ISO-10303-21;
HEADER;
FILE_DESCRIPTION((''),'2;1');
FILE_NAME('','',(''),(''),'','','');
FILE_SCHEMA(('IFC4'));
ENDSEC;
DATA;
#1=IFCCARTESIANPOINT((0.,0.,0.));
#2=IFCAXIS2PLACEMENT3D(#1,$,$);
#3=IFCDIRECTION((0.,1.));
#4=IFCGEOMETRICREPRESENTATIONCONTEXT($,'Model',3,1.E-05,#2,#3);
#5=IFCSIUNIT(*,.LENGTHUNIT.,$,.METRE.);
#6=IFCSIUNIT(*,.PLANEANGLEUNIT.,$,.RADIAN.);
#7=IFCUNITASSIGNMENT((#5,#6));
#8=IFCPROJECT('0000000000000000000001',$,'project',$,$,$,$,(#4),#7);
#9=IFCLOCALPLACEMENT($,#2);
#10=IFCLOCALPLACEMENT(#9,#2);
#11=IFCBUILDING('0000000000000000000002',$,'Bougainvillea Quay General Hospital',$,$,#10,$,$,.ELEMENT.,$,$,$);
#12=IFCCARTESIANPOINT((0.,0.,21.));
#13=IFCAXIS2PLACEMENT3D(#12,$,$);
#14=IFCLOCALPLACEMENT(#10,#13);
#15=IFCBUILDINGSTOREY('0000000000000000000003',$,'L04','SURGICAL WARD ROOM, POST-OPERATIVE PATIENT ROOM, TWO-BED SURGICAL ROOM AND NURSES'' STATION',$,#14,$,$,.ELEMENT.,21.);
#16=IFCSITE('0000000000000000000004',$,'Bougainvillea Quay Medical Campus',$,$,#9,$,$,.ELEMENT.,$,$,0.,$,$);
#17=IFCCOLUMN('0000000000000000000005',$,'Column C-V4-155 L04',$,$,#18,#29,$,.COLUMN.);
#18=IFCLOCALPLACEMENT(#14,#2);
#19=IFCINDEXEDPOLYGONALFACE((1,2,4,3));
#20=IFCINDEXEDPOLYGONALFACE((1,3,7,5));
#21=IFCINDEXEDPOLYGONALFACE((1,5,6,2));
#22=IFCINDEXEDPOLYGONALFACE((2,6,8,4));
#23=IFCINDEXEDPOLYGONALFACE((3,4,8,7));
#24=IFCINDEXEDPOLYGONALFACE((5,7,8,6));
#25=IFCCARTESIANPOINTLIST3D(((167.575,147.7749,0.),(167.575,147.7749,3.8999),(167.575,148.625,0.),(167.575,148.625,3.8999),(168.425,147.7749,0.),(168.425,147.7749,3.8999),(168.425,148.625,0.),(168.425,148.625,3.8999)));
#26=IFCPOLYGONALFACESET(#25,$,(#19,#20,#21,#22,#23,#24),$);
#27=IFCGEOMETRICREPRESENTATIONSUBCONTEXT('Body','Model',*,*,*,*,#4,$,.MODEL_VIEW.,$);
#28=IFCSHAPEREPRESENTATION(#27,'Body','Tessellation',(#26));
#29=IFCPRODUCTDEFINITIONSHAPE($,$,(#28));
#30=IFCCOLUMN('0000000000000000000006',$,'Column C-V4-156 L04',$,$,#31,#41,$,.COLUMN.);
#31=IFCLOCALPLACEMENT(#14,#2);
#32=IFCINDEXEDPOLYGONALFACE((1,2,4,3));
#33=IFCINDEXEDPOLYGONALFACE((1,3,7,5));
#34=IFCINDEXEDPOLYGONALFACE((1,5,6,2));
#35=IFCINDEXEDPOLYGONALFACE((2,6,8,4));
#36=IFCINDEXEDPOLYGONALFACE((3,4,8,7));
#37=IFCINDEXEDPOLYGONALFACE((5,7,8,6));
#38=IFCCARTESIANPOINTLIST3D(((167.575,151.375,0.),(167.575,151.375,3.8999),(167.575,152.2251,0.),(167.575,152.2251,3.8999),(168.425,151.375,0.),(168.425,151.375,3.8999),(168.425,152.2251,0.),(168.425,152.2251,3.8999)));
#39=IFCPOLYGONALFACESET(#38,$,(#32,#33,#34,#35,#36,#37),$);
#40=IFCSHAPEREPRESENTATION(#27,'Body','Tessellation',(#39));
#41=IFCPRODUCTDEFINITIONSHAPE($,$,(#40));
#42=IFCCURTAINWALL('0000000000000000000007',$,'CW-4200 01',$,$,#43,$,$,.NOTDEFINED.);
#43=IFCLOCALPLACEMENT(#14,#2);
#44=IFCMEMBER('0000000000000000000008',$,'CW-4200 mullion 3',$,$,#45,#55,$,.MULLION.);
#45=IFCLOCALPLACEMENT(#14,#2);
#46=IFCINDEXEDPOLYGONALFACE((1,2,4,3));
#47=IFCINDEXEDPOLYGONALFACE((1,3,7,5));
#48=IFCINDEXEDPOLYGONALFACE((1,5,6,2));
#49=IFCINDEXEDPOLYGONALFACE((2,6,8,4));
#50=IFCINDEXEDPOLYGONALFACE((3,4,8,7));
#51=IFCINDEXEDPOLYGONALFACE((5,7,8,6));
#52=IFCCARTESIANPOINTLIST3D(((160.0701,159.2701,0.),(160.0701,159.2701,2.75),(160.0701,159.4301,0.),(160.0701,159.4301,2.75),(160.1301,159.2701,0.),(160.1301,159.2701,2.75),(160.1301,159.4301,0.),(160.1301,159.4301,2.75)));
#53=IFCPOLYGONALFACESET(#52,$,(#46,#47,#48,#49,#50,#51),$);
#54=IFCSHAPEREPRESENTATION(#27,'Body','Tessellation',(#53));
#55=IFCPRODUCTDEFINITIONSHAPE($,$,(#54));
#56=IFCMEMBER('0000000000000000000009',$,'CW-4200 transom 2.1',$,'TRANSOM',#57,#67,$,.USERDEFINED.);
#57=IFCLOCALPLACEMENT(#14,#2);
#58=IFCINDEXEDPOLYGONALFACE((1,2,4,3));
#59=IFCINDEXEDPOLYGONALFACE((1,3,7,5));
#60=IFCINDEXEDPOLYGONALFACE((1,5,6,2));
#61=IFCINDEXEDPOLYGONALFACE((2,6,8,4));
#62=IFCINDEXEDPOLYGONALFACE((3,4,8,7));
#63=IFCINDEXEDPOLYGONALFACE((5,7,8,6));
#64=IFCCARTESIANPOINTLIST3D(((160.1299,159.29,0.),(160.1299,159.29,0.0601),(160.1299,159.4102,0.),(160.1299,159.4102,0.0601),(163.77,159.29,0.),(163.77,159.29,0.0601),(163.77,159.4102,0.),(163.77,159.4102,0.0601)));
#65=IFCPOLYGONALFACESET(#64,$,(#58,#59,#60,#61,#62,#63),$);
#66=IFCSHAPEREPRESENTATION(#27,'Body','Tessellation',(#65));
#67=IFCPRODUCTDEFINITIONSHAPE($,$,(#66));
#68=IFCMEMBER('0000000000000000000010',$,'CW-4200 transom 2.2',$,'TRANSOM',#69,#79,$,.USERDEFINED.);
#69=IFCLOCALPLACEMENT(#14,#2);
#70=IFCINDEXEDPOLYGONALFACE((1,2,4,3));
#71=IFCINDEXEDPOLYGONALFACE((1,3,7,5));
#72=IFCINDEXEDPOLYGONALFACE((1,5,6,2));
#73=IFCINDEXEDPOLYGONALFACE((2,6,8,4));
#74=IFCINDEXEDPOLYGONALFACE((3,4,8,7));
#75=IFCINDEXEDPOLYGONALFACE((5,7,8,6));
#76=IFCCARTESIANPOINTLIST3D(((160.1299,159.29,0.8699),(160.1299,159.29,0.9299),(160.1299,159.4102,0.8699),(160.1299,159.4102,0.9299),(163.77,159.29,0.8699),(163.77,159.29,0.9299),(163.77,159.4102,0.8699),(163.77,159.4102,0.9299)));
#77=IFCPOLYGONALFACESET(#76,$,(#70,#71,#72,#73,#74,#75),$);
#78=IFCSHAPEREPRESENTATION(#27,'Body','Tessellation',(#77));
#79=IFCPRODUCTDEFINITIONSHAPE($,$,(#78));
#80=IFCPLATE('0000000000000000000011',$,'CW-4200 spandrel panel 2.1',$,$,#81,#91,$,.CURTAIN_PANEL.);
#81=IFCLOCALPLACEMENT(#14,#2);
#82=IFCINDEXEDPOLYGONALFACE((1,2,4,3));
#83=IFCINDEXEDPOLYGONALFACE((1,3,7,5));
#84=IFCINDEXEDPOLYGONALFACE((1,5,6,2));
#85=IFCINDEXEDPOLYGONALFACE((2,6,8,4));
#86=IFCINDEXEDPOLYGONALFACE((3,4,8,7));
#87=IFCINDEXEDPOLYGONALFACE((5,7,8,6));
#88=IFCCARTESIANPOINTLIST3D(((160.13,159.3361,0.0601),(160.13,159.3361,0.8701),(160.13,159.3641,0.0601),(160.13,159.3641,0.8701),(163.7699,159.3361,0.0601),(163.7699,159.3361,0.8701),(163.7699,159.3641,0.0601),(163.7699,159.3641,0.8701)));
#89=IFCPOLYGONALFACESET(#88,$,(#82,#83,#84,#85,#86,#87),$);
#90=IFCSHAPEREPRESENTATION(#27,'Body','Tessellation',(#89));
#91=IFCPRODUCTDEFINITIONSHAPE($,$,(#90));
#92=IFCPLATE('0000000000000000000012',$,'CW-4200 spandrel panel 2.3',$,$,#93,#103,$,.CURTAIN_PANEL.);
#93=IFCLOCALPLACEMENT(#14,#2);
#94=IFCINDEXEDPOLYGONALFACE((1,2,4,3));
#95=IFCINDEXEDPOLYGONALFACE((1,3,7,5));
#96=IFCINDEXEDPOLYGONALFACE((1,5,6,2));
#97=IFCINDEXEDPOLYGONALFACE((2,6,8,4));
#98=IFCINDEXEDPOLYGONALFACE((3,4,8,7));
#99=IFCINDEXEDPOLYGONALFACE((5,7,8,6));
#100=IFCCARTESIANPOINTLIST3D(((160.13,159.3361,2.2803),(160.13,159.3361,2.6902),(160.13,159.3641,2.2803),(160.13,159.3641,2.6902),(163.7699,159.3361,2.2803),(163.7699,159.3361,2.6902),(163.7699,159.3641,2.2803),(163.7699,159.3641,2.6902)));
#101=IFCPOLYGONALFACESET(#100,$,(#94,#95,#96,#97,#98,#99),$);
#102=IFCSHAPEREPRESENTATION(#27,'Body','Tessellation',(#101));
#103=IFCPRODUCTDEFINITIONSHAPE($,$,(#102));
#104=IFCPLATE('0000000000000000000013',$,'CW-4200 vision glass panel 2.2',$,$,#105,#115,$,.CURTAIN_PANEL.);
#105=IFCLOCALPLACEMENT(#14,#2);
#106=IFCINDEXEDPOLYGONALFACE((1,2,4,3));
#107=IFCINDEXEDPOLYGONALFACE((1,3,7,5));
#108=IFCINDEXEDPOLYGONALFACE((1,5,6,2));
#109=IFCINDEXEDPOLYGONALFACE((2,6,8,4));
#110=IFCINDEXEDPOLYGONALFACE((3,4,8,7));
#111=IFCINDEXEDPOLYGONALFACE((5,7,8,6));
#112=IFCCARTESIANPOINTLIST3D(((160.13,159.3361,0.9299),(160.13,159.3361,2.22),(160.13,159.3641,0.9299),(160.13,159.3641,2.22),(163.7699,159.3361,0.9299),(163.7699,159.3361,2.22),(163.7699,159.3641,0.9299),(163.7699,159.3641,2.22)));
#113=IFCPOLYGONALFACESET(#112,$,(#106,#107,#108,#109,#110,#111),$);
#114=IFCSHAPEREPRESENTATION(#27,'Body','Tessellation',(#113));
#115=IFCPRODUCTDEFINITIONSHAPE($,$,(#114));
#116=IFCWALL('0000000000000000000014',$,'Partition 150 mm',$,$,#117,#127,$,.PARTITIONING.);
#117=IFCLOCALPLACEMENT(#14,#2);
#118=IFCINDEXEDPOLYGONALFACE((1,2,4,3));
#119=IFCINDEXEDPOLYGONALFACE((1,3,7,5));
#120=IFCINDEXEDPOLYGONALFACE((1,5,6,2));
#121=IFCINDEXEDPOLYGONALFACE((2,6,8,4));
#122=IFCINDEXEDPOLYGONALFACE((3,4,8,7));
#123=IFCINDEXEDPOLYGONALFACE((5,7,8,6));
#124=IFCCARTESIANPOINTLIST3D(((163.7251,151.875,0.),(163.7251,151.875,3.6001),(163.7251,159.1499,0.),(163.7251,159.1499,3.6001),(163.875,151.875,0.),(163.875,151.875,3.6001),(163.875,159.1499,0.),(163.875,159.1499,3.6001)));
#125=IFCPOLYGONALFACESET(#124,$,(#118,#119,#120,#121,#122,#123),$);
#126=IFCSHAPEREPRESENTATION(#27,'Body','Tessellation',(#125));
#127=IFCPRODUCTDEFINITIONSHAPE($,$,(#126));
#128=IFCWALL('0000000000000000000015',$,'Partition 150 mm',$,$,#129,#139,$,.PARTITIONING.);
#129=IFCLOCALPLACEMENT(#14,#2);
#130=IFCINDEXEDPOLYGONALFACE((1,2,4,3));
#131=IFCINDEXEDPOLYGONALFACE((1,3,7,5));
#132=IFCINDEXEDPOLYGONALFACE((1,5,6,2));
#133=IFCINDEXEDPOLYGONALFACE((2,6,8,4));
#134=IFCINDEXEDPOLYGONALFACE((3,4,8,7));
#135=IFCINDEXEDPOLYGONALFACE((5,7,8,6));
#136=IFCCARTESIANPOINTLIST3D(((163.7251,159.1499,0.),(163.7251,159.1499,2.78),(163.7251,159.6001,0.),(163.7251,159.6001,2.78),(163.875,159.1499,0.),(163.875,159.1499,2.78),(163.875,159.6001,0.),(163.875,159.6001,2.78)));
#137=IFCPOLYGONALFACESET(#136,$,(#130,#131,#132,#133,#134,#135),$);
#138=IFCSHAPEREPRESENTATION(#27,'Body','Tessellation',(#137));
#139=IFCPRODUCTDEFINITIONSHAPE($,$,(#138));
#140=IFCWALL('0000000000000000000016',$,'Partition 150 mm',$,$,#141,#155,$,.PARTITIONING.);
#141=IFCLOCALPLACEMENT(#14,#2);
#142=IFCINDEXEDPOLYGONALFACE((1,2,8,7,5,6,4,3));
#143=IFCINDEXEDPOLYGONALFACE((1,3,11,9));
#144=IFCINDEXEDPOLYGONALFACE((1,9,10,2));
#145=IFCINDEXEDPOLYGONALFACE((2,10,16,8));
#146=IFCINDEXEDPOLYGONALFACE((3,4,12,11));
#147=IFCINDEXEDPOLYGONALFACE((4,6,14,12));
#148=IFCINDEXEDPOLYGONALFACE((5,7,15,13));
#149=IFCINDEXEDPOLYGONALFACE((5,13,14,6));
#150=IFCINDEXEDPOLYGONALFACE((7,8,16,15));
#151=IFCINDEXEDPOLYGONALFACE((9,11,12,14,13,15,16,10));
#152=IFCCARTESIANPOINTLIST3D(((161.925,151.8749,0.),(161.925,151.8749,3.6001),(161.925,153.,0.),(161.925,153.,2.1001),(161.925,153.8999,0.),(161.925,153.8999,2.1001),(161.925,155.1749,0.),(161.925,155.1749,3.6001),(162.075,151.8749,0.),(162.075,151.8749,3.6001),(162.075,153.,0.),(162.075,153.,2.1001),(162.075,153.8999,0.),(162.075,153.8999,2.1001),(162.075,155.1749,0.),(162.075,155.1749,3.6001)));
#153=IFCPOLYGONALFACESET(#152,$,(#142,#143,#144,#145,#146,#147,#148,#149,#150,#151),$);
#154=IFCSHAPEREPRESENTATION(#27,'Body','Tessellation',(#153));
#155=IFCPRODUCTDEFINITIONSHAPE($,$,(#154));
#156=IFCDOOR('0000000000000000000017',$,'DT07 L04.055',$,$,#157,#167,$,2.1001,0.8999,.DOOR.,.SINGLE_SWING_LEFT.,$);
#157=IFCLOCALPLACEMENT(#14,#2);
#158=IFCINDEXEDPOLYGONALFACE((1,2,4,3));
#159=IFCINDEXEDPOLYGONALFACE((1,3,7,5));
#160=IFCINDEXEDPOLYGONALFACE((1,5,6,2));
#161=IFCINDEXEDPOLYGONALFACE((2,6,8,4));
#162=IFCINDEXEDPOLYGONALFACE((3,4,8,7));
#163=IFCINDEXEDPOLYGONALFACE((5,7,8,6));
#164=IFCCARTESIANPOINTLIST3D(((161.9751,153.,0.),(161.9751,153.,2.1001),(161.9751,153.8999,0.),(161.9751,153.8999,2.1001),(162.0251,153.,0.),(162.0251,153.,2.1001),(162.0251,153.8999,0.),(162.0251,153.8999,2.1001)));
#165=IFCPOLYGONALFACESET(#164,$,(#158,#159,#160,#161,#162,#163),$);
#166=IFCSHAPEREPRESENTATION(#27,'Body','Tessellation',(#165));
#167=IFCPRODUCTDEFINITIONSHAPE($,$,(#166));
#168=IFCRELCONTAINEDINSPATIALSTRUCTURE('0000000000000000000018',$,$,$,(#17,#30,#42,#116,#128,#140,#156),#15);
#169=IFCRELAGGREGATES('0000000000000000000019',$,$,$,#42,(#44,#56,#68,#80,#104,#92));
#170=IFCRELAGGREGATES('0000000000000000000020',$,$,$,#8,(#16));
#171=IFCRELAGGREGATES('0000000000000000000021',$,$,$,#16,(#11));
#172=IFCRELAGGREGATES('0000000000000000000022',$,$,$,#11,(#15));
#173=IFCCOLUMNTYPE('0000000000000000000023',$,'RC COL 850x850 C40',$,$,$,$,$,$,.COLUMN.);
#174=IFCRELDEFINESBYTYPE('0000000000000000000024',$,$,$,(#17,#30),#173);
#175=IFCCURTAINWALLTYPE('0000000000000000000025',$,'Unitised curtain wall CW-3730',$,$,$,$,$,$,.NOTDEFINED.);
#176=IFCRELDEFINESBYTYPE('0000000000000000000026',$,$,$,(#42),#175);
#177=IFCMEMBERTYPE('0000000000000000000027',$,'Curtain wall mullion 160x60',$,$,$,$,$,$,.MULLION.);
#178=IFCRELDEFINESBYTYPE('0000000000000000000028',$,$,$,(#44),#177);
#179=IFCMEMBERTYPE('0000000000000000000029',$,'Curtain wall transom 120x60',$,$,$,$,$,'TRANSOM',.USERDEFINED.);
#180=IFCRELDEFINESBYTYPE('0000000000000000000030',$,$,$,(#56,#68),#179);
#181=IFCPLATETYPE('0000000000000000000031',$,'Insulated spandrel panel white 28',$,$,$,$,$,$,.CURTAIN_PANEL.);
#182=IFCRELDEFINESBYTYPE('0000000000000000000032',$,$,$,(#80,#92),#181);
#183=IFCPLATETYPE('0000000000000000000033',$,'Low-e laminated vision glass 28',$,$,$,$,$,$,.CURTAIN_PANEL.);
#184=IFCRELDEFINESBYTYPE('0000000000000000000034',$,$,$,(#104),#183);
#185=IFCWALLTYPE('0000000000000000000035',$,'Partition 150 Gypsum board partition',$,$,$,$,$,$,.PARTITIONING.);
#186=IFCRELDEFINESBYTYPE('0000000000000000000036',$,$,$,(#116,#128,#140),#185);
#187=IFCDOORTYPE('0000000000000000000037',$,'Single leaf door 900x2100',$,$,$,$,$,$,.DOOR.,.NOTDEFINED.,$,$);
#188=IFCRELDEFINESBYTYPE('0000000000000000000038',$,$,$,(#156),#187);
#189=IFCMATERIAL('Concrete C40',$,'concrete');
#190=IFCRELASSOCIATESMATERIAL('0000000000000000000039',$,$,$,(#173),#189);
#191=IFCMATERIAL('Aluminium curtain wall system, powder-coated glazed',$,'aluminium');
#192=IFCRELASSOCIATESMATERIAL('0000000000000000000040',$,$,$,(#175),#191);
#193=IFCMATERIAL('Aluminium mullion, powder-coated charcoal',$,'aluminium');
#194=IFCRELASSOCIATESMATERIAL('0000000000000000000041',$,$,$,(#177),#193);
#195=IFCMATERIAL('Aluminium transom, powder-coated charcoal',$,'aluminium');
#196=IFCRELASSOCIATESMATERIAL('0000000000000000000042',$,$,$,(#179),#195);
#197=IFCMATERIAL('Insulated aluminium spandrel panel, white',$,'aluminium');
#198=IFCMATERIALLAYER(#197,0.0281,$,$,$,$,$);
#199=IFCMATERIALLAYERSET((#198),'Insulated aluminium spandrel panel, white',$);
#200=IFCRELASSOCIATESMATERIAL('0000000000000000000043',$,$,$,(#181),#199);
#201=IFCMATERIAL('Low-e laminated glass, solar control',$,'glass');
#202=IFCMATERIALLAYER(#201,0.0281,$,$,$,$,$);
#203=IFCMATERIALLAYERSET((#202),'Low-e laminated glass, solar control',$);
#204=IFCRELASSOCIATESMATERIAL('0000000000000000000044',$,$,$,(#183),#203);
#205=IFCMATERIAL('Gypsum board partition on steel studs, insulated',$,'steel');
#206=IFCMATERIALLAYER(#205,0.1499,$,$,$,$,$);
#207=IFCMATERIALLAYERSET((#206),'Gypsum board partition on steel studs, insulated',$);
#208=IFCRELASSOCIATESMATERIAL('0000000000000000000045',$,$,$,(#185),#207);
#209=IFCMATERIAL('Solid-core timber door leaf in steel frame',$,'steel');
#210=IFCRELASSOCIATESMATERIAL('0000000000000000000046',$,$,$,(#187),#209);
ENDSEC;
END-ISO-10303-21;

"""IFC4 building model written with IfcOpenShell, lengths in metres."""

from ifc_helpers import new_model, si_unit, direction, frame, frame_2d, origin, origin_2d, place, context, subcontext, project, spatial, rectangle, extrude, material, layer, layer_set, material_profile, profile_set, type_object, element, fill, aggregate, save


model = new_model("IFC4")

# Units and contexts
model_context = context("Model", 3, precision=1e-05, world=origin(), true_north=direction((0.0, 1.0)))
body_context = subcontext(model_context, "Body", "Model", "MODEL_VIEW")
ifc_project = project(units=[si_unit("LENGTHUNIT", "METRE"), si_unit("PLANEANGLEUNIT", "RADIAN")], contexts=[model_context])

# Site, building, storey
site_placement = place(None, origin())
site = spatial("IfcSite", under=ifc_project, at=site_placement, Name="Bougainvillea Quay Medical Campus", CompositionType="ELEMENT", RefElevation=0.0)
building_placement = place(site_placement, origin())
building = spatial("IfcBuilding", under=site, at=building_placement, Name="Bougainvillea Quay General Hospital", CompositionType="ELEMENT")
storey_placement = place(building_placement, frame((0.0, 0.0, 21.0)))
storey = spatial("IfcBuildingStorey", under=building, at=storey_placement, Name="L04", Description="SURGICAL WARD ROOM, POST-OPERATIVE PATIENT ROOM, TWO-BED SURGICAL ROOM AND NURSES' STATION", CompositionType="ELEMENT", Elevation=21.0)

# Columns
ifc_material_1 = material(Name="Concrete C40", Category="concrete")
ifc_material_profile_1 = material_profile(ifc_material_1, rectangle(XDim=0.8501, YDim=0.8501, at=origin_2d()))
ifc_profile_set_1 = profile_set([ifc_material_profile_1], Name="Concrete C40")
column_type = type_object("IfcColumnType", Name="RC COL 850x850 C40", PredefinedType="COLUMN", material=ifc_profile_set_1)
for number, where, z_axis, x_axis, name in (
    (1, (168.0, 148.2, 0.0), (0.0, 0.0, 1.0), (1.0, 0.0, 0.0), "Column C-V4-155 L04"),
    (2, (168.0, 151.8, 0.0), (0.0, 0.0, 1.0), (1.0, 0.0, 0.0), "Column C-V4-156 L04"),
):
    element("IfcColumn", number, at=place(storey_placement, frame(where, z_axis=z_axis, x_axis=x_axis)), inside=storey, type_object=column_type, Name=name, PredefinedType="COLUMN", context=body_context, shape_type="SweptSolid", body=[
        extrude(rectangle(XDim=0.8501, YDim=0.8501, at=origin_2d()), origin(), (0.0, 0.0, 1.0), 3.8999),
    ])

# Curtain wall, members, plates
ifc_material_2 = material(Name="Aluminium curtain wall system, powder-coated glazed", Category="aluminium")
curtain_wall_type = type_object("IfcCurtainWallType", Name="Unitised curtain wall CW-3730", PredefinedType="NOTDEFINED", material=ifc_material_2)
curtain_wall_placement = place(storey_placement, origin())
curtain_wall = element("IfcCurtainWall", 3, at=curtain_wall_placement, inside=storey, type_object=curtain_wall_type, Name="CW-4200 01", PredefinedType="NOTDEFINED")
ifc_material_3 = material(Name="Aluminium mullion, powder-coated charcoal", Category="aluminium")
ifc_material_profile_2 = material_profile(ifc_material_3, rectangle(XDim=0.1599, YDim=0.0601, at=origin_2d()))
ifc_profile_set_2 = profile_set([ifc_material_profile_2], Name="Aluminium mullion, powder-coated charcoal")
member_type_1 = type_object("IfcMemberType", Name="Curtain wall mullion 160x60", PredefinedType="MULLION", material=ifc_profile_set_2)
member_1_placement = place(storey_placement, frame((160.1001, 159.3501, 0.0), z_axis=(0.0, 0.0, 1.0), x_axis=(0.0, -1.0, 0.0)))
member_1 = element("IfcMember", 4, at=member_1_placement, type_object=member_type_1, Name="CW-4200 mullion 3", PredefinedType="MULLION", context=body_context, shape_type="SweptSolid", body=[
    extrude(rectangle(XDim=0.1599, YDim=0.0601, at=origin_2d()), origin(), (0.0, 0.0, 1.0), 2.75),
])
ifc_material_4 = material(Name="Aluminium transom, powder-coated charcoal", Category="aluminium")
ifc_material_profile_3 = material_profile(ifc_material_4, rectangle(XDim=0.1201, YDim=0.0601, at=origin_2d()))
ifc_profile_set_3 = profile_set([ifc_material_profile_3], Name="Aluminium transom, powder-coated charcoal")
member_type_2 = type_object("IfcMemberType", Name="Curtain wall transom 120x60", ElementType="TRANSOM", PredefinedType="USERDEFINED", material=ifc_profile_set_3)
member_2_placement = place(storey_placement, frame((163.77, 159.3501, 0.03), z_axis=(-1.0, 0.0, 0.0), x_axis=(0.0, -1.0, 0.0)))
member_2 = element("IfcMember", 5, at=member_2_placement, type_object=member_type_2, Name="CW-4200 transom 2.1", ObjectType="TRANSOM", PredefinedType="USERDEFINED", context=body_context, shape_type="SweptSolid", body=[
    extrude(rectangle(XDim=0.1201, YDim=0.0601, at=origin_2d()), origin(), (0.0, 0.0, 1.0), 3.6401),
])
member_3_placement = place(storey_placement, frame((163.77, 159.3501, 0.8999), z_axis=(-1.0, 0.0, 0.0), x_axis=(0.0, -1.0, 0.0)))
member_3 = element("IfcMember", 6, at=member_3_placement, type_object=member_type_2, Name="CW-4200 transom 2.2", ObjectType="TRANSOM", PredefinedType="USERDEFINED", context=body_context, shape_type="SweptSolid", body=[
    extrude(rectangle(XDim=0.1201, YDim=0.0601, at=origin_2d()), origin(), (0.0, 0.0, 1.0), 3.6401),
])
ifc_material_5 = material(Name="Insulated aluminium spandrel panel, white", Category="aluminium")
ifc_layer_1 = layer(ifc_material_5, 0.0281)
ifc_layer_set_1 = layer_set([ifc_layer_1], Name="Insulated aluminium spandrel panel, white")
plate_type_1 = type_object("IfcPlateType", Name="Insulated spandrel panel white 28", PredefinedType="CURTAIN_PANEL", material=ifc_layer_set_1)
plate_1_placement = place(storey_placement, frame((161.95, 159.3501, 0.0601), z_axis=(0.0, 0.0, 1.0), x_axis=(-1.0, 0.0, 0.0)))
plate_1 = element("IfcPlate", 7, at=plate_1_placement, type_object=plate_type_1, Name="CW-4200 spandrel panel 2.1", PredefinedType="CURTAIN_PANEL", context=body_context, shape_type="SweptSolid", body=[
    extrude(rectangle(XDim=3.6399, YDim=0.0281, at=origin_2d()), origin(), (0.0, 0.0, 1.0), 0.8101),
])
plate_2_placement = place(storey_placement, frame((161.95, 159.3501, 2.2803), z_axis=(0.0, 0.0, 1.0), x_axis=(-1.0, 0.0, 0.0)))
plate_2 = element("IfcPlate", 8, at=plate_2_placement, type_object=plate_type_1, Name="CW-4200 spandrel panel 2.3", PredefinedType="CURTAIN_PANEL", context=body_context, shape_type="SweptSolid", body=[
    extrude(rectangle(XDim=3.6399, YDim=0.0281, at=origin_2d()), origin(), (0.0, 0.0, 1.0), 0.4099),
])
ifc_material_6 = material(Name="Low-e laminated glass, solar control", Category="glass")
ifc_layer_2 = layer(ifc_material_6, 0.0281)
ifc_layer_set_2 = layer_set([ifc_layer_2], Name="Low-e laminated glass, solar control")
plate_type_2 = type_object("IfcPlateType", Name="Low-e laminated vision glass 28", PredefinedType="CURTAIN_PANEL", material=ifc_layer_set_2)
plate_3_placement = place(storey_placement, frame((161.95, 159.3501, 0.9299), z_axis=(0.0, 0.0, 1.0), x_axis=(-1.0, 0.0, 0.0)))
plate_3 = element("IfcPlate", 9, at=plate_3_placement, type_object=plate_type_2, Name="CW-4200 vision glass panel 2.2", PredefinedType="CURTAIN_PANEL", context=body_context, shape_type="SweptSolid", body=[
    extrude(rectangle(XDim=3.6399, YDim=0.0281, at=origin_2d()), origin(), (0.0, 0.0, 1.0), 1.29),
])
aggregate(curtain_wall, [member_1, member_2, member_3, plate_1, plate_3, plate_2])

# Walls
ifc_material_7 = material(Name="Gypsum board partition on steel studs, insulated", Category="steel")
ifc_layer_3 = layer(ifc_material_7, 0.1499)
ifc_layer_set_3 = layer_set([ifc_layer_3], Name="Gypsum board partition on steel studs, insulated")
wall_type_1 = type_object("IfcWallType", Name="Partition 150 Gypsum board partition", PredefinedType="PARTITIONING", material=ifc_layer_set_3)
wall_1_placement = place(storey_placement, frame((163.8, 151.875, 0.0), z_axis=(0.0, 0.0, 1.0), x_axis=(0.0, 1.0, 0.0)))
element("IfcWall", 10, at=wall_1_placement, inside=storey, type_object=wall_type_1, Name="Partition 150 mm", PredefinedType="PARTITIONING", context=body_context, shape_type="SweptSolid", body=[
    extrude(rectangle(XDim=7.2749, YDim=0.1499, at=frame_2d((3.6375, 0.0))), origin(), (0.0, 0.0, 1.0), 3.6001),
])
wall_2_placement = place(storey_placement, frame((163.8, 159.1499, 0.0), z_axis=(0.0, 0.0, 1.0), x_axis=(0.0, 1.0, 0.0)))
element("IfcWall", 11, at=wall_2_placement, inside=storey, type_object=wall_type_1, Name="Partition 150 mm", PredefinedType="PARTITIONING", context=body_context, shape_type="SweptSolid", body=[
    extrude(rectangle(XDim=0.4502, YDim=0.1499, at=frame_2d((0.2251, 0.0))), origin(), (0.0, 0.0, 1.0), 2.78),
])

# Wall, opening, door
wall_3_placement = place(storey_placement, frame((162.0, 151.875, 0.0), z_axis=(0.0, 0.0, 1.0), x_axis=(0.0, 1.0, 0.0)))
wall_3 = element("IfcWall", 12, at=wall_3_placement, inside=storey, type_object=wall_type_1, Name="Partition 150 mm", PredefinedType="PARTITIONING", context=body_context, shape_type="SweptSolid", body=[
    extrude(rectangle(XDim=3.3, YDim=0.1499, at=frame_2d((1.6499, 0.0))), origin(), (0.0, 0.0, 1.0), 3.6001),
])
opening_1_placement = place(wall_3_placement, frame((1.125, 0.0, 0.0)))
opening_1 = element("IfcOpeningElement", 13, at=opening_1_placement, cuts=wall_3, PredefinedType="OPENING", context=body_context, shape_type="SweptSolid", body=[
    extrude(rectangle(XDim=0.8999, YDim=2.1001, at=frame_2d((0.45, 1.05))), frame((0.0, 0.085, 0.0), z_axis=(0.0, -1.0, 0.0), x_axis=(1.0, 0.0, 0.0)), (0.0, 0.0, 1.0), 0.1699),
])
ifc_material_8 = material(Name="Solid-core timber door leaf in steel frame", Category="steel")
door_type_1 = type_object("IfcDoorType", Name="Single leaf door 900x2100", OperationType="NOTDEFINED", PredefinedType="DOOR", material=ifc_material_8)
door_1_placement = place(opening_1_placement, origin())
door_1 = element("IfcDoor", 14, at=door_1_placement, inside=storey, type_object=door_type_1, Name="DT07 L04.055", OperationType="SINGLE_SWING_LEFT", OverallHeight=2.1001, OverallWidth=0.8999, PredefinedType="DOOR", context=body_context, shape_type="SweptSolid", body=[
    extrude(rectangle(XDim=0.8999, YDim=2.1001, at=frame_2d((0.45, 1.05))), frame((0.0, 0.0249, 0.0), z_axis=(0.0, -1.0, 0.0), x_axis=(1.0, 0.0, 0.0)), (0.0, 0.0, 1.0), 0.05),
])
fill(opening_1, door_1)

save(model, "model.ifc")
